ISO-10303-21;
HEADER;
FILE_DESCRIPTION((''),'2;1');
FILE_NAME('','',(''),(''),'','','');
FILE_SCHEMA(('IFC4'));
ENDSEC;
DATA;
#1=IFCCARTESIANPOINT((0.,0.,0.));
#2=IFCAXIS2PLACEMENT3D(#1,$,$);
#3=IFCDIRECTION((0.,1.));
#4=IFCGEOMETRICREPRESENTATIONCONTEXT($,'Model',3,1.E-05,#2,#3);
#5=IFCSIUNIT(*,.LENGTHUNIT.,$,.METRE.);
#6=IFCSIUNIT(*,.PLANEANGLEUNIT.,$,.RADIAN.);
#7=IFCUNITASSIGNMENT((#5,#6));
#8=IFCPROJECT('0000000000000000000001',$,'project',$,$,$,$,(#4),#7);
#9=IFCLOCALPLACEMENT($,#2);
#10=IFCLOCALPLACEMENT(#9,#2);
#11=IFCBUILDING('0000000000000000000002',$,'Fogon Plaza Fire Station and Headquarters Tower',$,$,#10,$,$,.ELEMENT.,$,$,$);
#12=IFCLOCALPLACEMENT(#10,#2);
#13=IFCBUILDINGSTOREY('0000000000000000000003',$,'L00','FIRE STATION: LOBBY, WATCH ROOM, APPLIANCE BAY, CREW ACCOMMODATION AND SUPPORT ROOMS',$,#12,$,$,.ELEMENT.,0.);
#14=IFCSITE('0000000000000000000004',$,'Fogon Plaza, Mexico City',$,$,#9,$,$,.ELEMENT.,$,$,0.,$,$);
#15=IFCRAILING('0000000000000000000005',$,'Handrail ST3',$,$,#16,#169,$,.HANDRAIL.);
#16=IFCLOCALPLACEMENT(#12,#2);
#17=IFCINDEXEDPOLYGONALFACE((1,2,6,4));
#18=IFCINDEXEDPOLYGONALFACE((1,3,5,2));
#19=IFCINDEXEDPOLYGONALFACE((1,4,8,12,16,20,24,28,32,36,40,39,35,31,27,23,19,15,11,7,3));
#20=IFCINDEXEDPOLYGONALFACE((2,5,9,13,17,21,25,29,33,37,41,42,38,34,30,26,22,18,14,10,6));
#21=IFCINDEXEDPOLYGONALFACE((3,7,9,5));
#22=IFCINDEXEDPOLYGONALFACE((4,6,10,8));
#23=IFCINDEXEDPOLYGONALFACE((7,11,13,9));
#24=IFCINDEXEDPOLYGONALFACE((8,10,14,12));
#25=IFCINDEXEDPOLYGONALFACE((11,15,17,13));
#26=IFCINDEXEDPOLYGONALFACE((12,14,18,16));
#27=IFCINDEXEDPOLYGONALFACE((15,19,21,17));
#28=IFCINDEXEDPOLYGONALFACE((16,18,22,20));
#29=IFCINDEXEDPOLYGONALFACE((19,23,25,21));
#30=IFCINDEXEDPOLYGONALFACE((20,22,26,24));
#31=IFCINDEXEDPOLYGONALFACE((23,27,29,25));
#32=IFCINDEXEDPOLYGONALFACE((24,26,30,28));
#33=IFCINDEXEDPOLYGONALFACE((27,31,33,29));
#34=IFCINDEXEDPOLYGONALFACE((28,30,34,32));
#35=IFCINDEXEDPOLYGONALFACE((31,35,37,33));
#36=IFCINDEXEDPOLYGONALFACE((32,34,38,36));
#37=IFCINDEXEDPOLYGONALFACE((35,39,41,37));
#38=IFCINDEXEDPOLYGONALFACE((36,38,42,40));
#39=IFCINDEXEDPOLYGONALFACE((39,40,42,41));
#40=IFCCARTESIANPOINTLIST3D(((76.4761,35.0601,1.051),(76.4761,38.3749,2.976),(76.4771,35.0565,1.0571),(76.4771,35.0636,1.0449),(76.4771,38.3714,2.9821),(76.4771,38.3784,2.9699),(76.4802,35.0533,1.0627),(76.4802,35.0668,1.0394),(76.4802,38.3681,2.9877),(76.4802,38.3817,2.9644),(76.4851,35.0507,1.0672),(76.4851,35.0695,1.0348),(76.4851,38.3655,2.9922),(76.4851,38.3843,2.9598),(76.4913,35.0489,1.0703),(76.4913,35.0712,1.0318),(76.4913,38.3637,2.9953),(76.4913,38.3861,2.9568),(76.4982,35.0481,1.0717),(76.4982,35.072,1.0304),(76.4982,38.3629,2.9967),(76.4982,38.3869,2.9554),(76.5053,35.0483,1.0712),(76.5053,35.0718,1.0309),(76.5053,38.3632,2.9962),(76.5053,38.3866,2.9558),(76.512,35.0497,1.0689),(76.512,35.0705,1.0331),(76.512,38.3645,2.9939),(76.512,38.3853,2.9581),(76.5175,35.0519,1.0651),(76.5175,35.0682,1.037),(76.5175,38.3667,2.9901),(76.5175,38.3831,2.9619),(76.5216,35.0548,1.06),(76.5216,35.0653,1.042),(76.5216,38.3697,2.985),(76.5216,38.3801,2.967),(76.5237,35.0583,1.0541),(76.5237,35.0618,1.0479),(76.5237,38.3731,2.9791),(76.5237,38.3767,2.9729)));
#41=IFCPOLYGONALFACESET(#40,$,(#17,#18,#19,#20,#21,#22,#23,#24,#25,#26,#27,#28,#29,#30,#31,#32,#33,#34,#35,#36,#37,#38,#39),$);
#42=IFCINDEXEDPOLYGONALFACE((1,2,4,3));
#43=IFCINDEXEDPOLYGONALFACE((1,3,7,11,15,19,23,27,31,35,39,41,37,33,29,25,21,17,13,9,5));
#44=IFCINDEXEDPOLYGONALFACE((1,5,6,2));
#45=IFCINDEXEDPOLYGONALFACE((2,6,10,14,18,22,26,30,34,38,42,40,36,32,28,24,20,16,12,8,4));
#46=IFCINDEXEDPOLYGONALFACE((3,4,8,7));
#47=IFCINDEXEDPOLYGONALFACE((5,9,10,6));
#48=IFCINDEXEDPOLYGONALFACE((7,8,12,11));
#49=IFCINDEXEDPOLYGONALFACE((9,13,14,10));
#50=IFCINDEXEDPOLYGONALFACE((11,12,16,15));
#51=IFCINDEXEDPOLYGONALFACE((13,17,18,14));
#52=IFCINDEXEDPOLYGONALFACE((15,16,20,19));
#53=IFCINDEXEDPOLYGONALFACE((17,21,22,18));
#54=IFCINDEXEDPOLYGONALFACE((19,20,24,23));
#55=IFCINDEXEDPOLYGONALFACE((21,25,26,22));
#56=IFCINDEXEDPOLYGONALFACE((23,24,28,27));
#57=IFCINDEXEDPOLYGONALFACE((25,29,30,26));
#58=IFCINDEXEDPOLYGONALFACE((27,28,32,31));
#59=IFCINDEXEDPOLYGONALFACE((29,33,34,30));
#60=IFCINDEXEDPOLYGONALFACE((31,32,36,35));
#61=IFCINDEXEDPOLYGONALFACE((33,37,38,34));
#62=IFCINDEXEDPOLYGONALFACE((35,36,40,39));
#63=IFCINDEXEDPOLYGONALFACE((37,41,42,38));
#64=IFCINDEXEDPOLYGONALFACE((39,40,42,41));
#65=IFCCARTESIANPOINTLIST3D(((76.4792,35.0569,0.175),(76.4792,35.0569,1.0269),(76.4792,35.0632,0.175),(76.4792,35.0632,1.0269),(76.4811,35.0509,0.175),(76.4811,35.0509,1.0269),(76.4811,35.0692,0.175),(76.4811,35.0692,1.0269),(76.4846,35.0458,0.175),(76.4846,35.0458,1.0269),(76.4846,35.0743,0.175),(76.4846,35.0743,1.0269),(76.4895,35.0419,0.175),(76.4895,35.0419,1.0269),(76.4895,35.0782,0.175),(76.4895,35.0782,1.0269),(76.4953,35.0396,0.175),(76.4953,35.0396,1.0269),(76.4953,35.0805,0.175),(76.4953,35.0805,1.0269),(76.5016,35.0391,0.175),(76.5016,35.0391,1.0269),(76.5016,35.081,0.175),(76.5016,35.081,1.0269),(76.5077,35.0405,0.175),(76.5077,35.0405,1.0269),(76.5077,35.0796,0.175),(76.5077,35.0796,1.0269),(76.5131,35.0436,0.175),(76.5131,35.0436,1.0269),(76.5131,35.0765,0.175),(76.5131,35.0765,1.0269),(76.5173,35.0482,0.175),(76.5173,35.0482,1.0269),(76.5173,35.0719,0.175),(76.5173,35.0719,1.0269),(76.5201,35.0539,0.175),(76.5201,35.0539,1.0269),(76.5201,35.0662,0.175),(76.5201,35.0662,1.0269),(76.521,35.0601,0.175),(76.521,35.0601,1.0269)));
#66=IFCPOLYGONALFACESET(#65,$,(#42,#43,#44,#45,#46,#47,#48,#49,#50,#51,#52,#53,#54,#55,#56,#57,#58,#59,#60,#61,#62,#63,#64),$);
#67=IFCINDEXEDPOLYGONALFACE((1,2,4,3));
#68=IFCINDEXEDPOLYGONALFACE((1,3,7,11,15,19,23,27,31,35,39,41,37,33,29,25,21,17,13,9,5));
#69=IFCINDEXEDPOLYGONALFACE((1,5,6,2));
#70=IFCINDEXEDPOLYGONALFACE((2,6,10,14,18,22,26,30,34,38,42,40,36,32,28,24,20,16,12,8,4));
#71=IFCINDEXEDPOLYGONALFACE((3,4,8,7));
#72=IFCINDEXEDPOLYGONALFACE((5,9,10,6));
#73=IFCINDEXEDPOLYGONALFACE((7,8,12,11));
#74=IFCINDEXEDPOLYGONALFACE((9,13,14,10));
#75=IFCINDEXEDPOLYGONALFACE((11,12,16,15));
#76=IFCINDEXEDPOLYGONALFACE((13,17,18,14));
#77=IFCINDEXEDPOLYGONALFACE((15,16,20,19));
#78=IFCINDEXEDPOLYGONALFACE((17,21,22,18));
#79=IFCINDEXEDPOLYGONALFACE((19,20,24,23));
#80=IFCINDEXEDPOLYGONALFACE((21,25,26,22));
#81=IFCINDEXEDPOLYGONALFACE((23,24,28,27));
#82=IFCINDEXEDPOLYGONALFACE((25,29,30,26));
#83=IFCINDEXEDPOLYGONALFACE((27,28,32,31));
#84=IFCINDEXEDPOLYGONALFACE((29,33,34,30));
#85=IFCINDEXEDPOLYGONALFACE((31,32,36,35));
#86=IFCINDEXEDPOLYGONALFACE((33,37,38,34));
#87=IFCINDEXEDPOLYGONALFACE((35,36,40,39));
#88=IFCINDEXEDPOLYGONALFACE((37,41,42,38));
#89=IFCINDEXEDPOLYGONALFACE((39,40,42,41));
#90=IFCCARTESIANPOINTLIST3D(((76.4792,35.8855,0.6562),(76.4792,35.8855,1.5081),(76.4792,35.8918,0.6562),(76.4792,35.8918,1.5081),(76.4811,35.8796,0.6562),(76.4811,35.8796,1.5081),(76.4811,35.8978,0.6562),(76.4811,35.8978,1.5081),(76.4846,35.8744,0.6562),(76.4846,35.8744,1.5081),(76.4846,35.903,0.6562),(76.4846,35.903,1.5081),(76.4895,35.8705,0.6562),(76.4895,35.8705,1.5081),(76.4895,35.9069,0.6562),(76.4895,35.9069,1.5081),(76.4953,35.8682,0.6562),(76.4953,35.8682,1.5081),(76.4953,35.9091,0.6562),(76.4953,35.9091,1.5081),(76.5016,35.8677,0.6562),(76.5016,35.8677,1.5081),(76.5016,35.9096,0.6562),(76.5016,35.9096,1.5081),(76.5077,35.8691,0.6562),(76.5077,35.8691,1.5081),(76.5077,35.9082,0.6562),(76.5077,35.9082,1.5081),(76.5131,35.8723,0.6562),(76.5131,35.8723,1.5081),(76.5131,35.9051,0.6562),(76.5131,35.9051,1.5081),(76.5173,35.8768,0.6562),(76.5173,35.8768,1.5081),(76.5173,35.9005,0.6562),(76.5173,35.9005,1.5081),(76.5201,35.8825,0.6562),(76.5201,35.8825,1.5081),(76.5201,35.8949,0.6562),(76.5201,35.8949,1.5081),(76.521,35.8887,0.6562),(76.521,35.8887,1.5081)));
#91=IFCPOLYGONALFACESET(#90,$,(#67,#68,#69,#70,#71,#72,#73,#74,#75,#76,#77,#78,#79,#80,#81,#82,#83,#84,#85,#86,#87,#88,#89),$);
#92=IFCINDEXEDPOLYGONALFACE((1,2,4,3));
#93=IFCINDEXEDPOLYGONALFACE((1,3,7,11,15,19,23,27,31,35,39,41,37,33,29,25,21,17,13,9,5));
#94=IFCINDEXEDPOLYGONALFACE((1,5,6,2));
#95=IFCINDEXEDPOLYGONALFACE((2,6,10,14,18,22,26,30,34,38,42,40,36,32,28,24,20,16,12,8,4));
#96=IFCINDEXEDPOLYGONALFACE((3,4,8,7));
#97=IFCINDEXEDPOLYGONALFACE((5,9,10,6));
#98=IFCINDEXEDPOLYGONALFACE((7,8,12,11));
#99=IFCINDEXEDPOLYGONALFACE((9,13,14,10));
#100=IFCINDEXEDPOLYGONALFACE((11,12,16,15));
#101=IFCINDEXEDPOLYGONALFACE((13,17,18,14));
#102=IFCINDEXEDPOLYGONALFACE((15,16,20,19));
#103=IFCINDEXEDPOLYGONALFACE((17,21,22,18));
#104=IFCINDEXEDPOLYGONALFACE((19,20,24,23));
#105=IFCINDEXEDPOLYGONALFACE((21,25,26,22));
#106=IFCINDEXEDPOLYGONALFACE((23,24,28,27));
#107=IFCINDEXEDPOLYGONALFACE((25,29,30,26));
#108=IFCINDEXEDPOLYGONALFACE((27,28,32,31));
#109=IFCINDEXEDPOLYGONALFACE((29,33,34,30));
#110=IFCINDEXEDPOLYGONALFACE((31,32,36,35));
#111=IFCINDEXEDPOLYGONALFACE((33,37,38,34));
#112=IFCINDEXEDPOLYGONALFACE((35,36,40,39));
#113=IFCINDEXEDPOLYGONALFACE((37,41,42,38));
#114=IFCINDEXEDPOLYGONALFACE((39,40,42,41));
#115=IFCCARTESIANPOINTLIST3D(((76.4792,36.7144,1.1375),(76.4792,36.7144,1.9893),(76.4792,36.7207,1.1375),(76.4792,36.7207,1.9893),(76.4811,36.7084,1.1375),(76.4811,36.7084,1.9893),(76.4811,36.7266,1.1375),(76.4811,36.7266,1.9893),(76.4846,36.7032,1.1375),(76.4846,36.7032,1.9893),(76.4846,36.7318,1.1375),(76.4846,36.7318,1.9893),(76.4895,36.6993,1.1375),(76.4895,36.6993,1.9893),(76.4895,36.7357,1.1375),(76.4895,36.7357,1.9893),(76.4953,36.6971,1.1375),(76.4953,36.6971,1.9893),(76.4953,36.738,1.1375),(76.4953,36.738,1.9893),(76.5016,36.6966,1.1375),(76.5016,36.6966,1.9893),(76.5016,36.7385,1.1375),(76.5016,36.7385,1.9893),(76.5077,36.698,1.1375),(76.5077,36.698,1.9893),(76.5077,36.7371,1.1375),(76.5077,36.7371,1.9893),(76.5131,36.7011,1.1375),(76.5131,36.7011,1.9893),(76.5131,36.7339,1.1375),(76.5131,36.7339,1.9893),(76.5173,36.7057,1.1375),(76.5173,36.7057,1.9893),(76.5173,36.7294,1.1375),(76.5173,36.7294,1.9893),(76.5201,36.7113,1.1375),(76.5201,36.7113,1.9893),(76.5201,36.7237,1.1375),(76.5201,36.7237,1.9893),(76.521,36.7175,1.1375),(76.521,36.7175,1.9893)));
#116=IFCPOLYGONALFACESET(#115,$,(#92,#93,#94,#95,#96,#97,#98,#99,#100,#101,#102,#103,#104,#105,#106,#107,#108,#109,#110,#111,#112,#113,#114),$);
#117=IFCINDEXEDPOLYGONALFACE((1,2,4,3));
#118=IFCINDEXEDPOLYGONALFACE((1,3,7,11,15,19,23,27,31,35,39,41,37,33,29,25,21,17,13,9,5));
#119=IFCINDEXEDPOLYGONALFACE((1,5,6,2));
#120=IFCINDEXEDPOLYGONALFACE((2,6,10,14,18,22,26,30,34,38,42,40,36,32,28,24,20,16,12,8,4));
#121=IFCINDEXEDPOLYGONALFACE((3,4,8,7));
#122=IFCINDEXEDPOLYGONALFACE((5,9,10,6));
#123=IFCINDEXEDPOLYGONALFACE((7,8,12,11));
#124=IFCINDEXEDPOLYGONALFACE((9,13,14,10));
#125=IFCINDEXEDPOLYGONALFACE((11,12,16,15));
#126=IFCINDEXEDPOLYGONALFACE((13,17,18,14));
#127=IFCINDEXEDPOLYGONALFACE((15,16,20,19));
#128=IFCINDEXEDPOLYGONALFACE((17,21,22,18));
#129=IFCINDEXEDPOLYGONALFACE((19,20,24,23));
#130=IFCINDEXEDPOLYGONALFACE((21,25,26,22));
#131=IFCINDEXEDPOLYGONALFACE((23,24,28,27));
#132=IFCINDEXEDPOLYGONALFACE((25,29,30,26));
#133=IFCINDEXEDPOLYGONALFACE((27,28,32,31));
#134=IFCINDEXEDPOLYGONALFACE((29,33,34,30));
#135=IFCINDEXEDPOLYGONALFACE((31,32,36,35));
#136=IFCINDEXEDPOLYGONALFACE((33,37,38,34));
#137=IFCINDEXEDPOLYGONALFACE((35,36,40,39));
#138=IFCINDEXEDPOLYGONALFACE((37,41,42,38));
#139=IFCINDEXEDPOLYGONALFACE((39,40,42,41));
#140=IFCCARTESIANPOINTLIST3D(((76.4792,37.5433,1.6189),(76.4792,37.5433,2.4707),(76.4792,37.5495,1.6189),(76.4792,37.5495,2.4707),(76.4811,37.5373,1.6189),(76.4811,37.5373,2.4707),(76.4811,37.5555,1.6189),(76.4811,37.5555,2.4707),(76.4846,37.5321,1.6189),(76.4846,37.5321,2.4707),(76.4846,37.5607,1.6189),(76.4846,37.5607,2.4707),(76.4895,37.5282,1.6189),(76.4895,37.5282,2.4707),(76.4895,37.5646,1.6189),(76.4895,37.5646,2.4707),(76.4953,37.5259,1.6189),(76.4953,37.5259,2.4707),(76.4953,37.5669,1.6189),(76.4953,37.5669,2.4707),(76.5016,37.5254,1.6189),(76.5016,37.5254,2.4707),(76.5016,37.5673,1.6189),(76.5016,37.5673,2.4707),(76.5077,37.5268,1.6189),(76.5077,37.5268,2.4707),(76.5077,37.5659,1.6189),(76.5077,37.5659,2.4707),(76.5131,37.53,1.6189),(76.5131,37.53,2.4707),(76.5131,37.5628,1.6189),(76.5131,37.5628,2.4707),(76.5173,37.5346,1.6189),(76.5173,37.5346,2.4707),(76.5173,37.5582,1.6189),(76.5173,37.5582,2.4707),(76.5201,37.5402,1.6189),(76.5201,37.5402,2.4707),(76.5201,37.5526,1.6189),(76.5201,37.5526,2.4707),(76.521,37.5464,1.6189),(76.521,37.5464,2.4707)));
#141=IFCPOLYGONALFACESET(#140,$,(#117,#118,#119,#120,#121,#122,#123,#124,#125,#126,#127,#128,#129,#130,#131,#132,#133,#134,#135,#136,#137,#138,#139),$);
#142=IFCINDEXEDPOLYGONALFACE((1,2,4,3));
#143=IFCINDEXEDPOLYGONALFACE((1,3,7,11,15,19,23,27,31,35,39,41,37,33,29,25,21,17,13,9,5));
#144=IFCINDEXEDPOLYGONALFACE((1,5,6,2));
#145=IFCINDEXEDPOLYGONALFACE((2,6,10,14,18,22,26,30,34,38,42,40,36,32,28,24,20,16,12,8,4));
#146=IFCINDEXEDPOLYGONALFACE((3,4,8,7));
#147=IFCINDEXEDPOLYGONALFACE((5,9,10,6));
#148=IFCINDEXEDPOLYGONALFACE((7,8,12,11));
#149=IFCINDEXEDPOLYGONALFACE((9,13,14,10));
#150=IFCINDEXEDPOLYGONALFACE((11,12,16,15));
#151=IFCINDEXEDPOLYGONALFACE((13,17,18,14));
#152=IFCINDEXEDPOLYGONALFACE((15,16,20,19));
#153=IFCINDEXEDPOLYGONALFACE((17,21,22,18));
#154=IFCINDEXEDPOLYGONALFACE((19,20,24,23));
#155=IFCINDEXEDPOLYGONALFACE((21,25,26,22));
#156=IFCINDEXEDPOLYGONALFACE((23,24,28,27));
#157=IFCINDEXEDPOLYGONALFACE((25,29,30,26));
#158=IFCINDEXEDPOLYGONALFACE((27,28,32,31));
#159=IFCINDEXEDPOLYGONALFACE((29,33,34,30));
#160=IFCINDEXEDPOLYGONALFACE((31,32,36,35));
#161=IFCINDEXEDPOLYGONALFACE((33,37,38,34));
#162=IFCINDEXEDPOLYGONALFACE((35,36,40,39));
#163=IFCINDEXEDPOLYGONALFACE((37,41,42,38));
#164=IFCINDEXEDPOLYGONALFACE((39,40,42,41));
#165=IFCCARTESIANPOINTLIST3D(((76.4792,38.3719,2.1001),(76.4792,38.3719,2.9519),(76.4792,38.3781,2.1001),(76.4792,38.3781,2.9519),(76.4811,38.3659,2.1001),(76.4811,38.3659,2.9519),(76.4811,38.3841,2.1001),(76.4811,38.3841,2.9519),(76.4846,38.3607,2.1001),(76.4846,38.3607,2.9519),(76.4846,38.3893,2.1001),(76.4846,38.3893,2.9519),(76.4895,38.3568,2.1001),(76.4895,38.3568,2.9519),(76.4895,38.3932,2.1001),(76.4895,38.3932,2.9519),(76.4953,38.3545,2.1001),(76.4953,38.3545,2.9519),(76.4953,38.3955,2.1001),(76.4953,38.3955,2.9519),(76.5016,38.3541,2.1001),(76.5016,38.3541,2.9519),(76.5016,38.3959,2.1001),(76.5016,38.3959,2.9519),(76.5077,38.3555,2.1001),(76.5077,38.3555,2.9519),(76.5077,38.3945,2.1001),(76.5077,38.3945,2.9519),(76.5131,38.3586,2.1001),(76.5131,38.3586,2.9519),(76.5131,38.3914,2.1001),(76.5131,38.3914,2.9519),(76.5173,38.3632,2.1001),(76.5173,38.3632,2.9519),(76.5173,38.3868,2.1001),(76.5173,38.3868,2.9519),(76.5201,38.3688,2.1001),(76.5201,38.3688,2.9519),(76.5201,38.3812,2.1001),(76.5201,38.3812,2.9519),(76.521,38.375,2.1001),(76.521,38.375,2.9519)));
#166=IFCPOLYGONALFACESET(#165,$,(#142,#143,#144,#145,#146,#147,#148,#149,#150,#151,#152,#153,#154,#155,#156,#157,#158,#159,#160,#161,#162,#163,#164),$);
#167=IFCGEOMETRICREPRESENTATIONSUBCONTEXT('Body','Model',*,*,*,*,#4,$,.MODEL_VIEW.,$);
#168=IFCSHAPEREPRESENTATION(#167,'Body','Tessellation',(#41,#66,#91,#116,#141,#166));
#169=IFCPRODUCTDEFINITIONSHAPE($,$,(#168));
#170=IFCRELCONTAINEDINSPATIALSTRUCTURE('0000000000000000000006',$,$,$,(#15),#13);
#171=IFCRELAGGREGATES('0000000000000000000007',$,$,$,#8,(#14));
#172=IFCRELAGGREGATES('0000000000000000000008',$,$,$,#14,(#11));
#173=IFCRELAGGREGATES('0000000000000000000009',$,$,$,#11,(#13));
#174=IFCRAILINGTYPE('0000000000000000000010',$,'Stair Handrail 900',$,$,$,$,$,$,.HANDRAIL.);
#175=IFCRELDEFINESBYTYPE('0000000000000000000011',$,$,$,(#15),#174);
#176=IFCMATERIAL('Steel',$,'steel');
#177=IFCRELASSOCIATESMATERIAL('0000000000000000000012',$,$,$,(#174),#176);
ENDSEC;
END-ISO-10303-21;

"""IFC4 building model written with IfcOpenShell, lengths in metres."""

from ifc_helpers import new_model, si_unit, direction, frame, origin, origin_2d, place, context, subcontext, project, spatial, circle, extrude, material, type_object, element, save


model = new_model("IFC4")

# Units and contexts
model_context = context("Model", 3, precision=1e-05, world=origin(), true_north=direction((0.0, 1.0)))
body_context = subcontext(model_context, "Body", "Model", "MODEL_VIEW")
ifc_project = project(units=[si_unit("LENGTHUNIT", "METRE"), si_unit("PLANEANGLEUNIT", "RADIAN")], contexts=[model_context])

# Site, building, storey
site_placement = place(None, origin())
site = spatial("IfcSite", under=ifc_project, at=site_placement, Name="Fogon Plaza, Mexico City", CompositionType="ELEMENT", RefElevation=0.0)
building_placement = place(site_placement, origin())
building = spatial("IfcBuilding", under=site, at=building_placement, Name="Fogon Plaza Fire Station and Headquarters Tower", CompositionType="ELEMENT")
storey_placement = place(building_placement, origin())
storey = spatial("IfcBuildingStorey", under=building, at=storey_placement, Name="L00", Description="FIRE STATION: LOBBY, WATCH ROOM, APPLIANCE BAY, CREW ACCOMMODATION AND SUPPORT ROOMS", CompositionType="ELEMENT", Elevation=0.0)

# Railing
ifc_material_1 = material(Name="Steel", Category="steel")
railing_type = type_object("IfcRailingType", Name="Stair Handrail 900", PredefinedType="HANDRAIL", material=ifc_material_1)
for number, where, name in (
    (1, (76.5, 35.0601, 0.175), "Handrail ST3"),
):
    element("IfcRailing", number, at=place(storey_placement, frame(where)), inside=storey, type_object=railing_type, Name=name, PredefinedType="HANDRAIL", context=body_context, shape_type="SweptSolid", body=[
        extrude(circle(Radius=0.0239, at=origin_2d()), frame((0.0, 0.0, 0.876), z_axis=(0.0, 0.864761, 0.502183), x_axis=(-1.0, 0.0, 0.0)), (0.0, 0.0, 1.0), 3.8333),
        extrude(circle(Radius=0.021, at=origin_2d()), origin(), (0.0, 0.0, 1.0), 0.8518),
        extrude(circle(Radius=0.021, at=origin_2d()), frame((0.0, 0.8286, 0.4812)), (0.0, 0.0, 1.0), 0.8518),
        extrude(circle(Radius=0.021, at=origin_2d()), frame((0.0, 1.6575, 0.9624)), (0.0, 0.0, 1.0), 0.8518),
        extrude(circle(Radius=0.021, at=origin_2d()), frame((0.0, 2.4863, 1.4438)), (0.0, 0.0, 1.0), 0.8518),
        extrude(circle(Radius=0.021, at=origin_2d()), frame((0.0, 3.3149, 1.925)), (0.0, 0.0, 1.0), 0.8518),
    ])

save(model, "model.ifc")
